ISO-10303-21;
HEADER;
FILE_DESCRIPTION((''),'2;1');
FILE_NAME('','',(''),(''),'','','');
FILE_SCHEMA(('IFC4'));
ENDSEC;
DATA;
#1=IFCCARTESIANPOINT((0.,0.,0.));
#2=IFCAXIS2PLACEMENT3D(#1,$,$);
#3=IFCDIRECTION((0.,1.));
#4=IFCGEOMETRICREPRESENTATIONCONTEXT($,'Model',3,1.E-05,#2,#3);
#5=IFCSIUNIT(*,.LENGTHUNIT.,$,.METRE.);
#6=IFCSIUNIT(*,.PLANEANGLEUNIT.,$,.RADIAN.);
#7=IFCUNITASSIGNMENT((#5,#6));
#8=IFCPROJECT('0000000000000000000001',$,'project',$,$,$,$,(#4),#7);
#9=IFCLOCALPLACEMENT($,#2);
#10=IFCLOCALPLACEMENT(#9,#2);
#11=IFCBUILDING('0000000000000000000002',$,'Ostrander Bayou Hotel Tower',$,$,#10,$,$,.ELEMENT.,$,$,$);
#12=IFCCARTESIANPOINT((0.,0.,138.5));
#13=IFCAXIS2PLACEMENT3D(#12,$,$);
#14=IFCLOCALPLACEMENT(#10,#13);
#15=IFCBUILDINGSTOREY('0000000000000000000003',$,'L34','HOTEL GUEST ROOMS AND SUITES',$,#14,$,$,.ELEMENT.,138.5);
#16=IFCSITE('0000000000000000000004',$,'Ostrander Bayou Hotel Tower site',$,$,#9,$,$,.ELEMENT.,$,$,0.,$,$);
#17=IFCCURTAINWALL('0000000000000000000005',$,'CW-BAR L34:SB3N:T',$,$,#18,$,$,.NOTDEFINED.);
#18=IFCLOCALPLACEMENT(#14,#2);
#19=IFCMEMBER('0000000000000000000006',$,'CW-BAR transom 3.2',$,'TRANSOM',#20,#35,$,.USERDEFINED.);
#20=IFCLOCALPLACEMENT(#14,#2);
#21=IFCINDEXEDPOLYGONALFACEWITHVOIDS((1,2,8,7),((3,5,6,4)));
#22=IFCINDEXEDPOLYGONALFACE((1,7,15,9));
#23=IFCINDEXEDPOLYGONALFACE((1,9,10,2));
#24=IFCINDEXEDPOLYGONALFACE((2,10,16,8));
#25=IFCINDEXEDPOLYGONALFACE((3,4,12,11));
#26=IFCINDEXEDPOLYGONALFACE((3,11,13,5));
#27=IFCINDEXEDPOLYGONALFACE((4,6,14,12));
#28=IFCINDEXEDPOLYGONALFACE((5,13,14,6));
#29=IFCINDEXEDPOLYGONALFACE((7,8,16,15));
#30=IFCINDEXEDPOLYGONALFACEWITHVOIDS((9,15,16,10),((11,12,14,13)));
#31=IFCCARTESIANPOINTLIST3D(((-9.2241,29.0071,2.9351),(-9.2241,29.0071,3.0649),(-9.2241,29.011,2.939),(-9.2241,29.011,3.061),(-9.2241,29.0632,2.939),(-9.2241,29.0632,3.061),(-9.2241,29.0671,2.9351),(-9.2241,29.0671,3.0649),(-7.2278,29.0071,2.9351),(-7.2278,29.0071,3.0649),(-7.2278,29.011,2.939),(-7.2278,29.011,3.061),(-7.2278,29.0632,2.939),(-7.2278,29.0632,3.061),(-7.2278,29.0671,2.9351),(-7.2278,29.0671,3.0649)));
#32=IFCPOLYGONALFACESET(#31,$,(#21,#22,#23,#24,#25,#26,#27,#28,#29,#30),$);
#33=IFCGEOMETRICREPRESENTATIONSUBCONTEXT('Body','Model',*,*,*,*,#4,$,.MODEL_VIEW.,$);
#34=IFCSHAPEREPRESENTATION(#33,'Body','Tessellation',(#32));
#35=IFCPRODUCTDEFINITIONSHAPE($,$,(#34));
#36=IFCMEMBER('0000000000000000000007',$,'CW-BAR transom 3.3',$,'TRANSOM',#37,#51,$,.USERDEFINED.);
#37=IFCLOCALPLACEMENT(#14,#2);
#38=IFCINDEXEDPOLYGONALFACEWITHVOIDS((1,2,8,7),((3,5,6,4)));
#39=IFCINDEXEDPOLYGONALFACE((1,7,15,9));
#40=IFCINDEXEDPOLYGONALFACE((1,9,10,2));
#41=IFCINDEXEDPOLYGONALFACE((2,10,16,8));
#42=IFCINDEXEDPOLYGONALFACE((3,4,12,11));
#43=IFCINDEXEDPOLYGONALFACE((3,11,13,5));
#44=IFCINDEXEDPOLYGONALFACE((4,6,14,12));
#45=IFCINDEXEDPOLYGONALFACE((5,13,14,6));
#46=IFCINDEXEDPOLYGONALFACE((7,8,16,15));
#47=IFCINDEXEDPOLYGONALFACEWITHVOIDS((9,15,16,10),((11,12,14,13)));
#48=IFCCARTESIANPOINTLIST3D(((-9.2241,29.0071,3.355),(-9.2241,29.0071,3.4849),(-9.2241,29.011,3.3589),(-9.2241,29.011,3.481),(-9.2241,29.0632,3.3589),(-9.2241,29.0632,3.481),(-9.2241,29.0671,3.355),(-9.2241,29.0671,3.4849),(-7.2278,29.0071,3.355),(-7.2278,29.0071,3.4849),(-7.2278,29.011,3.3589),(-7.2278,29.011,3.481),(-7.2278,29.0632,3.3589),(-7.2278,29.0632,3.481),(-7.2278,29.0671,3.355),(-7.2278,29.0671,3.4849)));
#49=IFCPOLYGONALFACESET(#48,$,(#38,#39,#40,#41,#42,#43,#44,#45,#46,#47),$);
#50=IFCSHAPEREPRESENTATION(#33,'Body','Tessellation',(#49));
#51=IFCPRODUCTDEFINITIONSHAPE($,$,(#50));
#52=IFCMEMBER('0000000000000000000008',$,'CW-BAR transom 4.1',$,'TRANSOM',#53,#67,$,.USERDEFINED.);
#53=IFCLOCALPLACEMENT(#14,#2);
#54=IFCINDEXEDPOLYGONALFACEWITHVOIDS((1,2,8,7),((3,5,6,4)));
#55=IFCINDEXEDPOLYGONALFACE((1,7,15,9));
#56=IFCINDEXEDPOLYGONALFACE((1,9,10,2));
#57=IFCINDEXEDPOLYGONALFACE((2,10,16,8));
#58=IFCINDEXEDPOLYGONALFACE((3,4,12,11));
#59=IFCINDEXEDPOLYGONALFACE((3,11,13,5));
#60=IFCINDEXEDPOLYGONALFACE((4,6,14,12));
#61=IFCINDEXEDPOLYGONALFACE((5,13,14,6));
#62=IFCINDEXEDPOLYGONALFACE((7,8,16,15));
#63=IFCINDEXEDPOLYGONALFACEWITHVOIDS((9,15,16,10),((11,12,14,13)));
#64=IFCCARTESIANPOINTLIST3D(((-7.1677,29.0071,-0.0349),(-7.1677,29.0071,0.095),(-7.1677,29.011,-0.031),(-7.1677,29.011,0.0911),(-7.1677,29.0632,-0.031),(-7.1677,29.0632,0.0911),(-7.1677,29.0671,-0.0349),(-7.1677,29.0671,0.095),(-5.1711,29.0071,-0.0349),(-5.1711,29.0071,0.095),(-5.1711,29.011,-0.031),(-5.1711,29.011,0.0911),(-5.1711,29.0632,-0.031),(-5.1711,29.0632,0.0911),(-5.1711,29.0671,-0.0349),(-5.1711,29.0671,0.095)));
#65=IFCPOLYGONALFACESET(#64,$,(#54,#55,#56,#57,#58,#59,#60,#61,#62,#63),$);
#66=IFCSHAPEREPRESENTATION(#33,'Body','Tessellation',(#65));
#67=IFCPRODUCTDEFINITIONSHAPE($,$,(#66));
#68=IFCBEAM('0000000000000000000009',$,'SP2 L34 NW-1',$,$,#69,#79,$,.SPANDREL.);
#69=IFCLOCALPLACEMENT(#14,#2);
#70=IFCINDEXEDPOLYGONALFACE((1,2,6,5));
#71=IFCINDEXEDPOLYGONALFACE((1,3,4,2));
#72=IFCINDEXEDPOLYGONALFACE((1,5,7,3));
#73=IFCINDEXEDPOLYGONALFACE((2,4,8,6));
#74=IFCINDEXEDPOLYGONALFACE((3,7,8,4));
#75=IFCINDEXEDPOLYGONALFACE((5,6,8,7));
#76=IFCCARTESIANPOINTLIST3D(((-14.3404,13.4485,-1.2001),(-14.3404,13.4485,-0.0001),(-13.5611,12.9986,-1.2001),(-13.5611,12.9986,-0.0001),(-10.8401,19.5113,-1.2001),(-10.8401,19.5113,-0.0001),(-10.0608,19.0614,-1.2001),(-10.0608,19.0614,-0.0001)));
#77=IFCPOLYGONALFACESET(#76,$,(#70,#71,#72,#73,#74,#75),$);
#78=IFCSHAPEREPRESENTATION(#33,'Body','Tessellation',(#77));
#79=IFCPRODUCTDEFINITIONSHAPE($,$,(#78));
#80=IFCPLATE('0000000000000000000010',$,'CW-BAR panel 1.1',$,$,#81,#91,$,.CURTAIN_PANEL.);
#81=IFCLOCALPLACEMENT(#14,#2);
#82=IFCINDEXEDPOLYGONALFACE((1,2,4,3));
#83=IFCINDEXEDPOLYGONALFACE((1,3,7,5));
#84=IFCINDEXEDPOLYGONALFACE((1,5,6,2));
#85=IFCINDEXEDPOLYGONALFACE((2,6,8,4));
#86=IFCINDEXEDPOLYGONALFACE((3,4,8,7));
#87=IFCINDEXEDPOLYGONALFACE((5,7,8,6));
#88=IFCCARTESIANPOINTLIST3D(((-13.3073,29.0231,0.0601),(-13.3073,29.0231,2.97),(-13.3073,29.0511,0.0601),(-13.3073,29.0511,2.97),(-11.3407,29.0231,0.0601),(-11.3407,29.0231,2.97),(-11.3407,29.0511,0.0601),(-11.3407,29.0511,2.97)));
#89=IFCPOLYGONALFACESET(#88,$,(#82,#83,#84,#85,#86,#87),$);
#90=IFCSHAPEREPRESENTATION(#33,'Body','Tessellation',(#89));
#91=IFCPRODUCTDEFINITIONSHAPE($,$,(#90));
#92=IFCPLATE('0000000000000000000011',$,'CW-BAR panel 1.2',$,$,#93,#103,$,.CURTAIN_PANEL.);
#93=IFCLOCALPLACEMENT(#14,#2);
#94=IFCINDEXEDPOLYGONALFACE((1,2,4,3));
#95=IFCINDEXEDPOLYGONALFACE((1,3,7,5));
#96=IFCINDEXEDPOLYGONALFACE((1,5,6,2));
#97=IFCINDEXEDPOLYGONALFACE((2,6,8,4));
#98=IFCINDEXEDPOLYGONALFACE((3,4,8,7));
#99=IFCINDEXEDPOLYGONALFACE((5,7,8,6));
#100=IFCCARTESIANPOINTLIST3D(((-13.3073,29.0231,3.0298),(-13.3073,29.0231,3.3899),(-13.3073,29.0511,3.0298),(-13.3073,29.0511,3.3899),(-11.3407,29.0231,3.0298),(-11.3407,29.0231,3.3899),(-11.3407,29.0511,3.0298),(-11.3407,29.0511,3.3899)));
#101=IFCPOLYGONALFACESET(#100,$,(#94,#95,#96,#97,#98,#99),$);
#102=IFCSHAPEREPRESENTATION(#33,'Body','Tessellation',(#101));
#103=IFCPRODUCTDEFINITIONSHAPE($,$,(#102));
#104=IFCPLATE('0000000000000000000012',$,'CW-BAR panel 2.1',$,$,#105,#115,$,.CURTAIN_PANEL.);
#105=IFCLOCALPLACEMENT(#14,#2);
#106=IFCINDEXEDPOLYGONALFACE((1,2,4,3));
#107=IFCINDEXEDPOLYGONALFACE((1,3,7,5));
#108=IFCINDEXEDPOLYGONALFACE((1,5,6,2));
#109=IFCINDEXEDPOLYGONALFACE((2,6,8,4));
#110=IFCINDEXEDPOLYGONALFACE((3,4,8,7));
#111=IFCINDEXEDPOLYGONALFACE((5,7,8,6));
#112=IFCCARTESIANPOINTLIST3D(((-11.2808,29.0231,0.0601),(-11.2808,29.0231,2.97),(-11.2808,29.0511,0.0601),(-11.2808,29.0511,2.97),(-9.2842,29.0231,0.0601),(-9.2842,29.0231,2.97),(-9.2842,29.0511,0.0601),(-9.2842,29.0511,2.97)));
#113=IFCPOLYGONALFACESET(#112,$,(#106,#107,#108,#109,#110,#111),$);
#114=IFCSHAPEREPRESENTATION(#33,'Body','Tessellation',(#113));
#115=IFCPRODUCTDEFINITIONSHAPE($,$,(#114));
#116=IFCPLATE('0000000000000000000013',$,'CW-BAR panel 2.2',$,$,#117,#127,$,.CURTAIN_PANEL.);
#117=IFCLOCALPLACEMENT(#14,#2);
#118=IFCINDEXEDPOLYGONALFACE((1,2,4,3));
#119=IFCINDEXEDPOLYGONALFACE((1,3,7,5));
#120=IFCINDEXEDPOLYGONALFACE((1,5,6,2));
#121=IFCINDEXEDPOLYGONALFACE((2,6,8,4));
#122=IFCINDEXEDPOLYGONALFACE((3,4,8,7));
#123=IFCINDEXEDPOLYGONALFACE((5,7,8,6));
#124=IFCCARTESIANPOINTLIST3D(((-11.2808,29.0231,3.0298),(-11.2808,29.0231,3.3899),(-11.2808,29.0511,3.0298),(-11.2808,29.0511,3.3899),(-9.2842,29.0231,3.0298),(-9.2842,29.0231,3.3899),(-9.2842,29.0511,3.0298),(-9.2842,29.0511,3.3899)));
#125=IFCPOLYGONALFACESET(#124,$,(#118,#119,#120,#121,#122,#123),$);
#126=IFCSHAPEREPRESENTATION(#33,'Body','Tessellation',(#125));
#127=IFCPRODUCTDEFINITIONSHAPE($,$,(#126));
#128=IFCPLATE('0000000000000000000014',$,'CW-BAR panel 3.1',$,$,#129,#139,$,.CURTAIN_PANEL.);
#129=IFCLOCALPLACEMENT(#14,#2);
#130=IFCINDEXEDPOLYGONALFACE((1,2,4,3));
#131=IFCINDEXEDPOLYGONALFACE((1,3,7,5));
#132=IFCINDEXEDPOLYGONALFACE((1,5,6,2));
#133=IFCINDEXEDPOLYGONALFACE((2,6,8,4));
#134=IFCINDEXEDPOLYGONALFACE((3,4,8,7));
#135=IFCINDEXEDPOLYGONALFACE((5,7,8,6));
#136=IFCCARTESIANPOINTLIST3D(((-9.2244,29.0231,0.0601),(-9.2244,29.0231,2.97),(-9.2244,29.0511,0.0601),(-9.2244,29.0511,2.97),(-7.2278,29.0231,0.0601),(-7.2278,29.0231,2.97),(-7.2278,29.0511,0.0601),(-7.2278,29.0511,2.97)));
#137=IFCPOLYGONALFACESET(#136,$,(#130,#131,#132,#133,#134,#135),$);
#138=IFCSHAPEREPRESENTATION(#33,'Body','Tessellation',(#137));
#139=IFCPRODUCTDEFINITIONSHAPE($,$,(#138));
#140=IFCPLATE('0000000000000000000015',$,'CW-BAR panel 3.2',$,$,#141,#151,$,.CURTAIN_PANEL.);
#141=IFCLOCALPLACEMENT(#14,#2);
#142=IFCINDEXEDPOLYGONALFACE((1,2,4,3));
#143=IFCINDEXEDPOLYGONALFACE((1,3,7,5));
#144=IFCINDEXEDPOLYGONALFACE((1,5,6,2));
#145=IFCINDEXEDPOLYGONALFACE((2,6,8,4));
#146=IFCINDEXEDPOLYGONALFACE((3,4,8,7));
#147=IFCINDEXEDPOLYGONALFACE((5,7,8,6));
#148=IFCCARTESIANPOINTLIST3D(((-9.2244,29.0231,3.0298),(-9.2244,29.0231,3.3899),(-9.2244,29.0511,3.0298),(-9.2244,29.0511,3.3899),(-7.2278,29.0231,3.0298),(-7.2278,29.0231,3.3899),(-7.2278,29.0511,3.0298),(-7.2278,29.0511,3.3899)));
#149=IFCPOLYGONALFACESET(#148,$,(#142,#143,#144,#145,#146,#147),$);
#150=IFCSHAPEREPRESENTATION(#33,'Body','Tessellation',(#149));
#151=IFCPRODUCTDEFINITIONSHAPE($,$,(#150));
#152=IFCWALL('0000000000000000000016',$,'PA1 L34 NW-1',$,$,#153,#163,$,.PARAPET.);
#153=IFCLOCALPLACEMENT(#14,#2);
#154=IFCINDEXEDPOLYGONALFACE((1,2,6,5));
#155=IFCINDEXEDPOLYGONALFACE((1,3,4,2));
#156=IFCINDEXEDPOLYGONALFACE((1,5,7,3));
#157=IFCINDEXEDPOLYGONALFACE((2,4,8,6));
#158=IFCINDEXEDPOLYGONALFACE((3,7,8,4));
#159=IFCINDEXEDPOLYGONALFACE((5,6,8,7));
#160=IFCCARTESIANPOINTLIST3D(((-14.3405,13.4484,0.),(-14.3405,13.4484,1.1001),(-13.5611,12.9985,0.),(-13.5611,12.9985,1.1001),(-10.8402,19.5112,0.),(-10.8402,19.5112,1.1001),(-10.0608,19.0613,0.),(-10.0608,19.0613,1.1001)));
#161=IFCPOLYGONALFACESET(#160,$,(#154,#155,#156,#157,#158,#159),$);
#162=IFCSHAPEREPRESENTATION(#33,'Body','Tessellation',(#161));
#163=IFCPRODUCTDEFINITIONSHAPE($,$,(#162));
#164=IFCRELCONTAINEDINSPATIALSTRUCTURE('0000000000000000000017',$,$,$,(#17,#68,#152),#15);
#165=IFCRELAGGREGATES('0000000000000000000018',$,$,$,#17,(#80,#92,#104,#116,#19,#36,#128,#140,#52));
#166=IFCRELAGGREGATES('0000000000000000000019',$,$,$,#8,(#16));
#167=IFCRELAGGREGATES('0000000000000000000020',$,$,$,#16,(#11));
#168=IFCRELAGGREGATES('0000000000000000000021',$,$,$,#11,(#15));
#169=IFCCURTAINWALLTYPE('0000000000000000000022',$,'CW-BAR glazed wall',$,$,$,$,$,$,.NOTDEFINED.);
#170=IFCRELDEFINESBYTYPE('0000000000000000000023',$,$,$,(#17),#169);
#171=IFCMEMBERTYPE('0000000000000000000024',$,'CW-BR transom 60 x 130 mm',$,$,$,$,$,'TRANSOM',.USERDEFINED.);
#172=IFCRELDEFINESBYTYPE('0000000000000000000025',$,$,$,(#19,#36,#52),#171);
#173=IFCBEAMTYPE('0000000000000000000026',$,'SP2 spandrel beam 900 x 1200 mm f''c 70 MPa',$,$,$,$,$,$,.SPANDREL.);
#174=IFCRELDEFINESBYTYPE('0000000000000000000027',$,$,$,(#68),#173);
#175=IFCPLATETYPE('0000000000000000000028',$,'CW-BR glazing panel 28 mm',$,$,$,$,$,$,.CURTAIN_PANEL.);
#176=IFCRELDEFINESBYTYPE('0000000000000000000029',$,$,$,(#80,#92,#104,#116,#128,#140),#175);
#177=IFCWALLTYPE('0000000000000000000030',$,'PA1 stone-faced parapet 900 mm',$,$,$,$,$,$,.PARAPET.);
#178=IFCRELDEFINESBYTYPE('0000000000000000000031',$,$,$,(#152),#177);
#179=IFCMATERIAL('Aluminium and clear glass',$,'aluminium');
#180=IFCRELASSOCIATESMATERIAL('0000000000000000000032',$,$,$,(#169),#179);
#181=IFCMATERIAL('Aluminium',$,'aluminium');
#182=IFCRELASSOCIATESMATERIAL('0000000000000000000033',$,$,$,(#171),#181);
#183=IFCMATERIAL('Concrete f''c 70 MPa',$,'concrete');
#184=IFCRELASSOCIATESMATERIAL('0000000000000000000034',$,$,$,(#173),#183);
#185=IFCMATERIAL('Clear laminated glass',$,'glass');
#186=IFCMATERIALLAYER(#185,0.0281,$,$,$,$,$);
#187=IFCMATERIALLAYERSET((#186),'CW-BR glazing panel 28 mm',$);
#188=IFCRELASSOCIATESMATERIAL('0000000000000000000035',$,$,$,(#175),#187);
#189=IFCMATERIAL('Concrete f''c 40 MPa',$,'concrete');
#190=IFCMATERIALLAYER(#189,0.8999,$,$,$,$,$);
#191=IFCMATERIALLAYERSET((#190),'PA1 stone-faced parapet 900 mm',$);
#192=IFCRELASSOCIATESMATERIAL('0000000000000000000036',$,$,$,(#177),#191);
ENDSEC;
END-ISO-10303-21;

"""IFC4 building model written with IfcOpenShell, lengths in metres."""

from ifc_helpers import new_model, si_unit, direction, frame, frame_2d, origin, origin_2d, place, context, subcontext, project, spatial, rectangle, hollow_rectangle, extrude, material, layer, layer_set, material_profile, profile_set, type_object, element, aggregate, save


model = new_model("IFC4")

# Units and contexts
model_context = context("Model", 3, precision=1e-05, world=origin(), true_north=direction((0.0, 1.0)))
body_context = subcontext(model_context, "Body", "Model", "MODEL_VIEW")
ifc_project = project(units=[si_unit("LENGTHUNIT", "METRE"), si_unit("PLANEANGLEUNIT", "RADIAN")], contexts=[model_context])

# Site, building, storey
site_placement = place(None, origin())
site = spatial("IfcSite", under=ifc_project, at=site_placement, Name="Ostrander Bayou Hotel Tower site", CompositionType="ELEMENT", RefElevation=0.0)
building_placement = place(site_placement, origin())
building = spatial("IfcBuilding", under=site, at=building_placement, Name="Ostrander Bayou Hotel Tower", CompositionType="ELEMENT")
storey_placement = place(building_placement, frame((0.0, 0.0, 138.5)))
storey = spatial("IfcBuildingStorey", under=building, at=storey_placement, Name="L34", Description="HOTEL GUEST ROOMS AND SUITES", CompositionType="ELEMENT", Elevation=138.5)

# Curtain wall, members
ifc_material_1 = material(Name="Aluminium and clear glass", Category="aluminium")
curtain_wall_type = type_object("IfcCurtainWallType", Name="CW-BAR glazed wall", PredefinedType="NOTDEFINED", material=ifc_material_1)
curtain_wall_placement = place(storey_placement, origin())
curtain_wall = element("IfcCurtainWall", 1, at=curtain_wall_placement, inside=storey, type_object=curtain_wall_type, Name="CW-BAR L34:SB3N:T", PredefinedType="NOTDEFINED")
ifc_material_2 = material(Name="Aluminium", Category="aluminium")
ifc_material_profile_1 = material_profile(ifc_material_2, hollow_rectangle(XDim=0.0601, YDim=0.1299, WallThickness=0.0039, at=origin_2d()))
ifc_profile_set_1 = profile_set([ifc_material_profile_1], Name="Aluminium")
member_type_1 = type_object("IfcMemberType", Name="CW-BR transom 60 x 130 mm", ElementType="TRANSOM", PredefinedType="USERDEFINED", material=ifc_profile_set_1)
member_1_placement = place(storey_placement, frame((-9.2241, 29.0371, 3.0), z_axis=(1.0, 0.0, 0.0), x_axis=(0.0, 1.0, 0.0)))
member_1 = element("IfcMember", 2, at=member_1_placement, type_object=member_type_1, Name="CW-BAR transom 3.2", ObjectType="TRANSOM", PredefinedType="USERDEFINED", context=body_context, shape_type="SweptSolid", body=[
    extrude(hollow_rectangle(XDim=0.0601, YDim=0.1299, WallThickness=0.0039, at=origin_2d()), origin(), (0.0, 0.0, 1.0), 1.9963),
])
member_2_placement = place(storey_placement, frame((-9.2241, 29.0371, 3.4199), z_axis=(1.0, 0.0, 0.0), x_axis=(0.0, 1.0, 0.0)))
member_2 = element("IfcMember", 3, at=member_2_placement, type_object=member_type_1, Name="CW-BAR transom 3.3", ObjectType="TRANSOM", PredefinedType="USERDEFINED", context=body_context, shape_type="SweptSolid", body=[
    extrude(hollow_rectangle(XDim=0.0601, YDim=0.1299, WallThickness=0.0039, at=origin_2d()), origin(), (0.0, 0.0, 1.0), 1.9963),
])
member_3_placement = place(storey_placement, frame((-7.1677, 29.0371, 0.03), z_axis=(1.0, 0.0, 0.0), x_axis=(0.0, 1.0, 0.0)))
member_3 = element("IfcMember", 4, at=member_3_placement, type_object=member_type_1, Name="CW-BAR transom 4.1", ObjectType="TRANSOM", PredefinedType="USERDEFINED", context=body_context, shape_type="SweptSolid", body=[
    extrude(hollow_rectangle(XDim=0.0601, YDim=0.1299, WallThickness=0.0039, at=origin_2d()), origin(), (0.0, 0.0, 1.0), 1.9966),
])

# Beam
ifc_material_3 = material(Name="Concrete f'c 70 MPa", Category="concrete")
ifc_material_profile_2 = material_profile(ifc_material_3, rectangle(XDim=0.8999, YDim=1.2, at=origin_2d()))
ifc_profile_set_2 = profile_set([ifc_material_profile_2], Name="Concrete f'c 70 MPa")
beam_type = type_object("IfcBeamType", Name="SP2 spandrel beam 900 x 1200 mm f'c 70 MPa", PredefinedType="SPANDREL", material=ifc_profile_set_2)
beam_placement = place(storey_placement, frame((-10.4504, 19.2864, -0.6001), z_axis=(-0.499991, -0.866031, 0.0), x_axis=(0.866031, -0.499991, 0.0)))
element("IfcBeam", 5, at=beam_placement, inside=storey, type_object=beam_type, Name="SP2 L34 NW-1", PredefinedType="SPANDREL", context=body_context, shape_type="SweptSolid", body=[
    extrude(rectangle(XDim=0.8999, YDim=1.2, at=origin_2d()), origin(), (0.0, 0.0, 1.0), 7.0007),
])

# Plates
ifc_material_4 = material(Name="Clear laminated glass", Category="glass")
ifc_layer_1 = layer(ifc_material_4, 0.0281)
ifc_layer_set_1 = layer_set([ifc_layer_1], Name="CW-BR glazing panel 28 mm")
plate_type = type_object("IfcPlateType", Name="CW-BR glazing panel 28 mm", PredefinedType="CURTAIN_PANEL", material=ifc_layer_set_1)
plate_1_placement = place(storey_placement, frame((-12.324, 29.0371, 0.0601), z_axis=(0.0, 0.0, 1.0), x_axis=(1.0, 0.0, 0.0)))
plate_1 = element("IfcPlate", 6, at=plate_1_placement, type_object=plate_type, Name="CW-BAR panel 1.1", PredefinedType="CURTAIN_PANEL", context=body_context, shape_type="SweptSolid", body=[
    extrude(rectangle(XDim=1.9666, YDim=0.0281, at=origin_2d()), origin(), (0.0, 0.0, 1.0), 2.9099),
])
plate_2_placement = place(storey_placement, frame((-12.324, 29.0371, 3.0298), z_axis=(0.0, 0.0, 1.0), x_axis=(1.0, 0.0, 0.0)))
plate_2 = element("IfcPlate", 7, at=plate_2_placement, type_object=plate_type, Name="CW-BAR panel 1.2", PredefinedType="CURTAIN_PANEL", context=body_context, shape_type="SweptSolid", body=[
    extrude(rectangle(XDim=1.9666, YDim=0.0281, at=origin_2d()), origin(), (0.0, 0.0, 1.0), 0.3601),
])
plate_3_placement = place(storey_placement, frame((-10.2825, 29.0371, 0.0601), z_axis=(0.0, 0.0, 1.0), x_axis=(1.0, 0.0, 0.0)))
plate_3 = element("IfcPlate", 8, at=plate_3_placement, type_object=plate_type, Name="CW-BAR panel 2.1", PredefinedType="CURTAIN_PANEL", context=body_context, shape_type="SweptSolid", body=[
    extrude(rectangle(XDim=1.9966, YDim=0.0281, at=origin_2d()), origin(), (0.0, 0.0, 1.0), 2.9099),
])
plate_4_placement = place(storey_placement, frame((-10.2825, 29.0371, 3.0298), z_axis=(0.0, 0.0, 1.0), x_axis=(1.0, 0.0, 0.0)))
plate_4 = element("IfcPlate", 9, at=plate_4_placement, type_object=plate_type, Name="CW-BAR panel 2.2", PredefinedType="CURTAIN_PANEL", context=body_context, shape_type="SweptSolid", body=[
    extrude(rectangle(XDim=1.9966, YDim=0.0281, at=origin_2d()), origin(), (0.0, 0.0, 1.0), 0.3601),
])
plate_5_placement = place(storey_placement, frame((-8.2261, 29.0371, 0.0601), z_axis=(0.0, 0.0, 1.0), x_axis=(1.0, 0.0, 0.0)))
plate_5 = element("IfcPlate", 10, at=plate_5_placement, type_object=plate_type, Name="CW-BAR panel 3.1", PredefinedType="CURTAIN_PANEL", context=body_context, shape_type="SweptSolid", body=[
    extrude(rectangle(XDim=1.9966, YDim=0.0281, at=origin_2d()), origin(), (0.0, 0.0, 1.0), 2.9099),
])
plate_6_placement = place(storey_placement, frame((-8.2261, 29.0371, 3.0298), z_axis=(0.0, 0.0, 1.0), x_axis=(1.0, 0.0, 0.0)))
plate_6 = element("IfcPlate", 11, at=plate_6_placement, type_object=plate_type, Name="CW-BAR panel 3.2", PredefinedType="CURTAIN_PANEL", context=body_context, shape_type="SweptSolid", body=[
    extrude(rectangle(XDim=1.9966, YDim=0.0281, at=origin_2d()), origin(), (0.0, 0.0, 1.0), 0.3601),
])
aggregate(curtain_wall, [plate_1, plate_2, plate_3, plate_4, member_1, member_2, plate_5, plate_6, member_3])

# Wall
ifc_material_5 = material(Name="Concrete f'c 40 MPa", Category="concrete")
ifc_layer_2 = layer(ifc_material_5, 0.8999)
ifc_layer_set_2 = layer_set([ifc_layer_2], Name="PA1 stone-faced parapet 900 mm")
wall_type = type_object("IfcWallType", Name="PA1 stone-faced parapet 900 mm", PredefinedType="PARAPET", material=ifc_layer_set_2)
wall_placement = place(storey_placement, frame((-10.4504, 19.2864, 0.0), z_axis=(0.0, 0.0, 1.0), x_axis=(-0.499991, -0.866031, 0.0)))
element("IfcWall", 12, at=wall_placement, inside=storey, type_object=wall_type, Name="PA1 L34 NW-1", PredefinedType="PARAPET", context=body_context, shape_type="SweptSolid", body=[
    extrude(rectangle(XDim=7.0007, YDim=0.8999, at=frame_2d((3.5005, 0.0))), origin(), (0.0, 0.0, 1.0), 1.1001),
])

save(model, "model.ifc")
